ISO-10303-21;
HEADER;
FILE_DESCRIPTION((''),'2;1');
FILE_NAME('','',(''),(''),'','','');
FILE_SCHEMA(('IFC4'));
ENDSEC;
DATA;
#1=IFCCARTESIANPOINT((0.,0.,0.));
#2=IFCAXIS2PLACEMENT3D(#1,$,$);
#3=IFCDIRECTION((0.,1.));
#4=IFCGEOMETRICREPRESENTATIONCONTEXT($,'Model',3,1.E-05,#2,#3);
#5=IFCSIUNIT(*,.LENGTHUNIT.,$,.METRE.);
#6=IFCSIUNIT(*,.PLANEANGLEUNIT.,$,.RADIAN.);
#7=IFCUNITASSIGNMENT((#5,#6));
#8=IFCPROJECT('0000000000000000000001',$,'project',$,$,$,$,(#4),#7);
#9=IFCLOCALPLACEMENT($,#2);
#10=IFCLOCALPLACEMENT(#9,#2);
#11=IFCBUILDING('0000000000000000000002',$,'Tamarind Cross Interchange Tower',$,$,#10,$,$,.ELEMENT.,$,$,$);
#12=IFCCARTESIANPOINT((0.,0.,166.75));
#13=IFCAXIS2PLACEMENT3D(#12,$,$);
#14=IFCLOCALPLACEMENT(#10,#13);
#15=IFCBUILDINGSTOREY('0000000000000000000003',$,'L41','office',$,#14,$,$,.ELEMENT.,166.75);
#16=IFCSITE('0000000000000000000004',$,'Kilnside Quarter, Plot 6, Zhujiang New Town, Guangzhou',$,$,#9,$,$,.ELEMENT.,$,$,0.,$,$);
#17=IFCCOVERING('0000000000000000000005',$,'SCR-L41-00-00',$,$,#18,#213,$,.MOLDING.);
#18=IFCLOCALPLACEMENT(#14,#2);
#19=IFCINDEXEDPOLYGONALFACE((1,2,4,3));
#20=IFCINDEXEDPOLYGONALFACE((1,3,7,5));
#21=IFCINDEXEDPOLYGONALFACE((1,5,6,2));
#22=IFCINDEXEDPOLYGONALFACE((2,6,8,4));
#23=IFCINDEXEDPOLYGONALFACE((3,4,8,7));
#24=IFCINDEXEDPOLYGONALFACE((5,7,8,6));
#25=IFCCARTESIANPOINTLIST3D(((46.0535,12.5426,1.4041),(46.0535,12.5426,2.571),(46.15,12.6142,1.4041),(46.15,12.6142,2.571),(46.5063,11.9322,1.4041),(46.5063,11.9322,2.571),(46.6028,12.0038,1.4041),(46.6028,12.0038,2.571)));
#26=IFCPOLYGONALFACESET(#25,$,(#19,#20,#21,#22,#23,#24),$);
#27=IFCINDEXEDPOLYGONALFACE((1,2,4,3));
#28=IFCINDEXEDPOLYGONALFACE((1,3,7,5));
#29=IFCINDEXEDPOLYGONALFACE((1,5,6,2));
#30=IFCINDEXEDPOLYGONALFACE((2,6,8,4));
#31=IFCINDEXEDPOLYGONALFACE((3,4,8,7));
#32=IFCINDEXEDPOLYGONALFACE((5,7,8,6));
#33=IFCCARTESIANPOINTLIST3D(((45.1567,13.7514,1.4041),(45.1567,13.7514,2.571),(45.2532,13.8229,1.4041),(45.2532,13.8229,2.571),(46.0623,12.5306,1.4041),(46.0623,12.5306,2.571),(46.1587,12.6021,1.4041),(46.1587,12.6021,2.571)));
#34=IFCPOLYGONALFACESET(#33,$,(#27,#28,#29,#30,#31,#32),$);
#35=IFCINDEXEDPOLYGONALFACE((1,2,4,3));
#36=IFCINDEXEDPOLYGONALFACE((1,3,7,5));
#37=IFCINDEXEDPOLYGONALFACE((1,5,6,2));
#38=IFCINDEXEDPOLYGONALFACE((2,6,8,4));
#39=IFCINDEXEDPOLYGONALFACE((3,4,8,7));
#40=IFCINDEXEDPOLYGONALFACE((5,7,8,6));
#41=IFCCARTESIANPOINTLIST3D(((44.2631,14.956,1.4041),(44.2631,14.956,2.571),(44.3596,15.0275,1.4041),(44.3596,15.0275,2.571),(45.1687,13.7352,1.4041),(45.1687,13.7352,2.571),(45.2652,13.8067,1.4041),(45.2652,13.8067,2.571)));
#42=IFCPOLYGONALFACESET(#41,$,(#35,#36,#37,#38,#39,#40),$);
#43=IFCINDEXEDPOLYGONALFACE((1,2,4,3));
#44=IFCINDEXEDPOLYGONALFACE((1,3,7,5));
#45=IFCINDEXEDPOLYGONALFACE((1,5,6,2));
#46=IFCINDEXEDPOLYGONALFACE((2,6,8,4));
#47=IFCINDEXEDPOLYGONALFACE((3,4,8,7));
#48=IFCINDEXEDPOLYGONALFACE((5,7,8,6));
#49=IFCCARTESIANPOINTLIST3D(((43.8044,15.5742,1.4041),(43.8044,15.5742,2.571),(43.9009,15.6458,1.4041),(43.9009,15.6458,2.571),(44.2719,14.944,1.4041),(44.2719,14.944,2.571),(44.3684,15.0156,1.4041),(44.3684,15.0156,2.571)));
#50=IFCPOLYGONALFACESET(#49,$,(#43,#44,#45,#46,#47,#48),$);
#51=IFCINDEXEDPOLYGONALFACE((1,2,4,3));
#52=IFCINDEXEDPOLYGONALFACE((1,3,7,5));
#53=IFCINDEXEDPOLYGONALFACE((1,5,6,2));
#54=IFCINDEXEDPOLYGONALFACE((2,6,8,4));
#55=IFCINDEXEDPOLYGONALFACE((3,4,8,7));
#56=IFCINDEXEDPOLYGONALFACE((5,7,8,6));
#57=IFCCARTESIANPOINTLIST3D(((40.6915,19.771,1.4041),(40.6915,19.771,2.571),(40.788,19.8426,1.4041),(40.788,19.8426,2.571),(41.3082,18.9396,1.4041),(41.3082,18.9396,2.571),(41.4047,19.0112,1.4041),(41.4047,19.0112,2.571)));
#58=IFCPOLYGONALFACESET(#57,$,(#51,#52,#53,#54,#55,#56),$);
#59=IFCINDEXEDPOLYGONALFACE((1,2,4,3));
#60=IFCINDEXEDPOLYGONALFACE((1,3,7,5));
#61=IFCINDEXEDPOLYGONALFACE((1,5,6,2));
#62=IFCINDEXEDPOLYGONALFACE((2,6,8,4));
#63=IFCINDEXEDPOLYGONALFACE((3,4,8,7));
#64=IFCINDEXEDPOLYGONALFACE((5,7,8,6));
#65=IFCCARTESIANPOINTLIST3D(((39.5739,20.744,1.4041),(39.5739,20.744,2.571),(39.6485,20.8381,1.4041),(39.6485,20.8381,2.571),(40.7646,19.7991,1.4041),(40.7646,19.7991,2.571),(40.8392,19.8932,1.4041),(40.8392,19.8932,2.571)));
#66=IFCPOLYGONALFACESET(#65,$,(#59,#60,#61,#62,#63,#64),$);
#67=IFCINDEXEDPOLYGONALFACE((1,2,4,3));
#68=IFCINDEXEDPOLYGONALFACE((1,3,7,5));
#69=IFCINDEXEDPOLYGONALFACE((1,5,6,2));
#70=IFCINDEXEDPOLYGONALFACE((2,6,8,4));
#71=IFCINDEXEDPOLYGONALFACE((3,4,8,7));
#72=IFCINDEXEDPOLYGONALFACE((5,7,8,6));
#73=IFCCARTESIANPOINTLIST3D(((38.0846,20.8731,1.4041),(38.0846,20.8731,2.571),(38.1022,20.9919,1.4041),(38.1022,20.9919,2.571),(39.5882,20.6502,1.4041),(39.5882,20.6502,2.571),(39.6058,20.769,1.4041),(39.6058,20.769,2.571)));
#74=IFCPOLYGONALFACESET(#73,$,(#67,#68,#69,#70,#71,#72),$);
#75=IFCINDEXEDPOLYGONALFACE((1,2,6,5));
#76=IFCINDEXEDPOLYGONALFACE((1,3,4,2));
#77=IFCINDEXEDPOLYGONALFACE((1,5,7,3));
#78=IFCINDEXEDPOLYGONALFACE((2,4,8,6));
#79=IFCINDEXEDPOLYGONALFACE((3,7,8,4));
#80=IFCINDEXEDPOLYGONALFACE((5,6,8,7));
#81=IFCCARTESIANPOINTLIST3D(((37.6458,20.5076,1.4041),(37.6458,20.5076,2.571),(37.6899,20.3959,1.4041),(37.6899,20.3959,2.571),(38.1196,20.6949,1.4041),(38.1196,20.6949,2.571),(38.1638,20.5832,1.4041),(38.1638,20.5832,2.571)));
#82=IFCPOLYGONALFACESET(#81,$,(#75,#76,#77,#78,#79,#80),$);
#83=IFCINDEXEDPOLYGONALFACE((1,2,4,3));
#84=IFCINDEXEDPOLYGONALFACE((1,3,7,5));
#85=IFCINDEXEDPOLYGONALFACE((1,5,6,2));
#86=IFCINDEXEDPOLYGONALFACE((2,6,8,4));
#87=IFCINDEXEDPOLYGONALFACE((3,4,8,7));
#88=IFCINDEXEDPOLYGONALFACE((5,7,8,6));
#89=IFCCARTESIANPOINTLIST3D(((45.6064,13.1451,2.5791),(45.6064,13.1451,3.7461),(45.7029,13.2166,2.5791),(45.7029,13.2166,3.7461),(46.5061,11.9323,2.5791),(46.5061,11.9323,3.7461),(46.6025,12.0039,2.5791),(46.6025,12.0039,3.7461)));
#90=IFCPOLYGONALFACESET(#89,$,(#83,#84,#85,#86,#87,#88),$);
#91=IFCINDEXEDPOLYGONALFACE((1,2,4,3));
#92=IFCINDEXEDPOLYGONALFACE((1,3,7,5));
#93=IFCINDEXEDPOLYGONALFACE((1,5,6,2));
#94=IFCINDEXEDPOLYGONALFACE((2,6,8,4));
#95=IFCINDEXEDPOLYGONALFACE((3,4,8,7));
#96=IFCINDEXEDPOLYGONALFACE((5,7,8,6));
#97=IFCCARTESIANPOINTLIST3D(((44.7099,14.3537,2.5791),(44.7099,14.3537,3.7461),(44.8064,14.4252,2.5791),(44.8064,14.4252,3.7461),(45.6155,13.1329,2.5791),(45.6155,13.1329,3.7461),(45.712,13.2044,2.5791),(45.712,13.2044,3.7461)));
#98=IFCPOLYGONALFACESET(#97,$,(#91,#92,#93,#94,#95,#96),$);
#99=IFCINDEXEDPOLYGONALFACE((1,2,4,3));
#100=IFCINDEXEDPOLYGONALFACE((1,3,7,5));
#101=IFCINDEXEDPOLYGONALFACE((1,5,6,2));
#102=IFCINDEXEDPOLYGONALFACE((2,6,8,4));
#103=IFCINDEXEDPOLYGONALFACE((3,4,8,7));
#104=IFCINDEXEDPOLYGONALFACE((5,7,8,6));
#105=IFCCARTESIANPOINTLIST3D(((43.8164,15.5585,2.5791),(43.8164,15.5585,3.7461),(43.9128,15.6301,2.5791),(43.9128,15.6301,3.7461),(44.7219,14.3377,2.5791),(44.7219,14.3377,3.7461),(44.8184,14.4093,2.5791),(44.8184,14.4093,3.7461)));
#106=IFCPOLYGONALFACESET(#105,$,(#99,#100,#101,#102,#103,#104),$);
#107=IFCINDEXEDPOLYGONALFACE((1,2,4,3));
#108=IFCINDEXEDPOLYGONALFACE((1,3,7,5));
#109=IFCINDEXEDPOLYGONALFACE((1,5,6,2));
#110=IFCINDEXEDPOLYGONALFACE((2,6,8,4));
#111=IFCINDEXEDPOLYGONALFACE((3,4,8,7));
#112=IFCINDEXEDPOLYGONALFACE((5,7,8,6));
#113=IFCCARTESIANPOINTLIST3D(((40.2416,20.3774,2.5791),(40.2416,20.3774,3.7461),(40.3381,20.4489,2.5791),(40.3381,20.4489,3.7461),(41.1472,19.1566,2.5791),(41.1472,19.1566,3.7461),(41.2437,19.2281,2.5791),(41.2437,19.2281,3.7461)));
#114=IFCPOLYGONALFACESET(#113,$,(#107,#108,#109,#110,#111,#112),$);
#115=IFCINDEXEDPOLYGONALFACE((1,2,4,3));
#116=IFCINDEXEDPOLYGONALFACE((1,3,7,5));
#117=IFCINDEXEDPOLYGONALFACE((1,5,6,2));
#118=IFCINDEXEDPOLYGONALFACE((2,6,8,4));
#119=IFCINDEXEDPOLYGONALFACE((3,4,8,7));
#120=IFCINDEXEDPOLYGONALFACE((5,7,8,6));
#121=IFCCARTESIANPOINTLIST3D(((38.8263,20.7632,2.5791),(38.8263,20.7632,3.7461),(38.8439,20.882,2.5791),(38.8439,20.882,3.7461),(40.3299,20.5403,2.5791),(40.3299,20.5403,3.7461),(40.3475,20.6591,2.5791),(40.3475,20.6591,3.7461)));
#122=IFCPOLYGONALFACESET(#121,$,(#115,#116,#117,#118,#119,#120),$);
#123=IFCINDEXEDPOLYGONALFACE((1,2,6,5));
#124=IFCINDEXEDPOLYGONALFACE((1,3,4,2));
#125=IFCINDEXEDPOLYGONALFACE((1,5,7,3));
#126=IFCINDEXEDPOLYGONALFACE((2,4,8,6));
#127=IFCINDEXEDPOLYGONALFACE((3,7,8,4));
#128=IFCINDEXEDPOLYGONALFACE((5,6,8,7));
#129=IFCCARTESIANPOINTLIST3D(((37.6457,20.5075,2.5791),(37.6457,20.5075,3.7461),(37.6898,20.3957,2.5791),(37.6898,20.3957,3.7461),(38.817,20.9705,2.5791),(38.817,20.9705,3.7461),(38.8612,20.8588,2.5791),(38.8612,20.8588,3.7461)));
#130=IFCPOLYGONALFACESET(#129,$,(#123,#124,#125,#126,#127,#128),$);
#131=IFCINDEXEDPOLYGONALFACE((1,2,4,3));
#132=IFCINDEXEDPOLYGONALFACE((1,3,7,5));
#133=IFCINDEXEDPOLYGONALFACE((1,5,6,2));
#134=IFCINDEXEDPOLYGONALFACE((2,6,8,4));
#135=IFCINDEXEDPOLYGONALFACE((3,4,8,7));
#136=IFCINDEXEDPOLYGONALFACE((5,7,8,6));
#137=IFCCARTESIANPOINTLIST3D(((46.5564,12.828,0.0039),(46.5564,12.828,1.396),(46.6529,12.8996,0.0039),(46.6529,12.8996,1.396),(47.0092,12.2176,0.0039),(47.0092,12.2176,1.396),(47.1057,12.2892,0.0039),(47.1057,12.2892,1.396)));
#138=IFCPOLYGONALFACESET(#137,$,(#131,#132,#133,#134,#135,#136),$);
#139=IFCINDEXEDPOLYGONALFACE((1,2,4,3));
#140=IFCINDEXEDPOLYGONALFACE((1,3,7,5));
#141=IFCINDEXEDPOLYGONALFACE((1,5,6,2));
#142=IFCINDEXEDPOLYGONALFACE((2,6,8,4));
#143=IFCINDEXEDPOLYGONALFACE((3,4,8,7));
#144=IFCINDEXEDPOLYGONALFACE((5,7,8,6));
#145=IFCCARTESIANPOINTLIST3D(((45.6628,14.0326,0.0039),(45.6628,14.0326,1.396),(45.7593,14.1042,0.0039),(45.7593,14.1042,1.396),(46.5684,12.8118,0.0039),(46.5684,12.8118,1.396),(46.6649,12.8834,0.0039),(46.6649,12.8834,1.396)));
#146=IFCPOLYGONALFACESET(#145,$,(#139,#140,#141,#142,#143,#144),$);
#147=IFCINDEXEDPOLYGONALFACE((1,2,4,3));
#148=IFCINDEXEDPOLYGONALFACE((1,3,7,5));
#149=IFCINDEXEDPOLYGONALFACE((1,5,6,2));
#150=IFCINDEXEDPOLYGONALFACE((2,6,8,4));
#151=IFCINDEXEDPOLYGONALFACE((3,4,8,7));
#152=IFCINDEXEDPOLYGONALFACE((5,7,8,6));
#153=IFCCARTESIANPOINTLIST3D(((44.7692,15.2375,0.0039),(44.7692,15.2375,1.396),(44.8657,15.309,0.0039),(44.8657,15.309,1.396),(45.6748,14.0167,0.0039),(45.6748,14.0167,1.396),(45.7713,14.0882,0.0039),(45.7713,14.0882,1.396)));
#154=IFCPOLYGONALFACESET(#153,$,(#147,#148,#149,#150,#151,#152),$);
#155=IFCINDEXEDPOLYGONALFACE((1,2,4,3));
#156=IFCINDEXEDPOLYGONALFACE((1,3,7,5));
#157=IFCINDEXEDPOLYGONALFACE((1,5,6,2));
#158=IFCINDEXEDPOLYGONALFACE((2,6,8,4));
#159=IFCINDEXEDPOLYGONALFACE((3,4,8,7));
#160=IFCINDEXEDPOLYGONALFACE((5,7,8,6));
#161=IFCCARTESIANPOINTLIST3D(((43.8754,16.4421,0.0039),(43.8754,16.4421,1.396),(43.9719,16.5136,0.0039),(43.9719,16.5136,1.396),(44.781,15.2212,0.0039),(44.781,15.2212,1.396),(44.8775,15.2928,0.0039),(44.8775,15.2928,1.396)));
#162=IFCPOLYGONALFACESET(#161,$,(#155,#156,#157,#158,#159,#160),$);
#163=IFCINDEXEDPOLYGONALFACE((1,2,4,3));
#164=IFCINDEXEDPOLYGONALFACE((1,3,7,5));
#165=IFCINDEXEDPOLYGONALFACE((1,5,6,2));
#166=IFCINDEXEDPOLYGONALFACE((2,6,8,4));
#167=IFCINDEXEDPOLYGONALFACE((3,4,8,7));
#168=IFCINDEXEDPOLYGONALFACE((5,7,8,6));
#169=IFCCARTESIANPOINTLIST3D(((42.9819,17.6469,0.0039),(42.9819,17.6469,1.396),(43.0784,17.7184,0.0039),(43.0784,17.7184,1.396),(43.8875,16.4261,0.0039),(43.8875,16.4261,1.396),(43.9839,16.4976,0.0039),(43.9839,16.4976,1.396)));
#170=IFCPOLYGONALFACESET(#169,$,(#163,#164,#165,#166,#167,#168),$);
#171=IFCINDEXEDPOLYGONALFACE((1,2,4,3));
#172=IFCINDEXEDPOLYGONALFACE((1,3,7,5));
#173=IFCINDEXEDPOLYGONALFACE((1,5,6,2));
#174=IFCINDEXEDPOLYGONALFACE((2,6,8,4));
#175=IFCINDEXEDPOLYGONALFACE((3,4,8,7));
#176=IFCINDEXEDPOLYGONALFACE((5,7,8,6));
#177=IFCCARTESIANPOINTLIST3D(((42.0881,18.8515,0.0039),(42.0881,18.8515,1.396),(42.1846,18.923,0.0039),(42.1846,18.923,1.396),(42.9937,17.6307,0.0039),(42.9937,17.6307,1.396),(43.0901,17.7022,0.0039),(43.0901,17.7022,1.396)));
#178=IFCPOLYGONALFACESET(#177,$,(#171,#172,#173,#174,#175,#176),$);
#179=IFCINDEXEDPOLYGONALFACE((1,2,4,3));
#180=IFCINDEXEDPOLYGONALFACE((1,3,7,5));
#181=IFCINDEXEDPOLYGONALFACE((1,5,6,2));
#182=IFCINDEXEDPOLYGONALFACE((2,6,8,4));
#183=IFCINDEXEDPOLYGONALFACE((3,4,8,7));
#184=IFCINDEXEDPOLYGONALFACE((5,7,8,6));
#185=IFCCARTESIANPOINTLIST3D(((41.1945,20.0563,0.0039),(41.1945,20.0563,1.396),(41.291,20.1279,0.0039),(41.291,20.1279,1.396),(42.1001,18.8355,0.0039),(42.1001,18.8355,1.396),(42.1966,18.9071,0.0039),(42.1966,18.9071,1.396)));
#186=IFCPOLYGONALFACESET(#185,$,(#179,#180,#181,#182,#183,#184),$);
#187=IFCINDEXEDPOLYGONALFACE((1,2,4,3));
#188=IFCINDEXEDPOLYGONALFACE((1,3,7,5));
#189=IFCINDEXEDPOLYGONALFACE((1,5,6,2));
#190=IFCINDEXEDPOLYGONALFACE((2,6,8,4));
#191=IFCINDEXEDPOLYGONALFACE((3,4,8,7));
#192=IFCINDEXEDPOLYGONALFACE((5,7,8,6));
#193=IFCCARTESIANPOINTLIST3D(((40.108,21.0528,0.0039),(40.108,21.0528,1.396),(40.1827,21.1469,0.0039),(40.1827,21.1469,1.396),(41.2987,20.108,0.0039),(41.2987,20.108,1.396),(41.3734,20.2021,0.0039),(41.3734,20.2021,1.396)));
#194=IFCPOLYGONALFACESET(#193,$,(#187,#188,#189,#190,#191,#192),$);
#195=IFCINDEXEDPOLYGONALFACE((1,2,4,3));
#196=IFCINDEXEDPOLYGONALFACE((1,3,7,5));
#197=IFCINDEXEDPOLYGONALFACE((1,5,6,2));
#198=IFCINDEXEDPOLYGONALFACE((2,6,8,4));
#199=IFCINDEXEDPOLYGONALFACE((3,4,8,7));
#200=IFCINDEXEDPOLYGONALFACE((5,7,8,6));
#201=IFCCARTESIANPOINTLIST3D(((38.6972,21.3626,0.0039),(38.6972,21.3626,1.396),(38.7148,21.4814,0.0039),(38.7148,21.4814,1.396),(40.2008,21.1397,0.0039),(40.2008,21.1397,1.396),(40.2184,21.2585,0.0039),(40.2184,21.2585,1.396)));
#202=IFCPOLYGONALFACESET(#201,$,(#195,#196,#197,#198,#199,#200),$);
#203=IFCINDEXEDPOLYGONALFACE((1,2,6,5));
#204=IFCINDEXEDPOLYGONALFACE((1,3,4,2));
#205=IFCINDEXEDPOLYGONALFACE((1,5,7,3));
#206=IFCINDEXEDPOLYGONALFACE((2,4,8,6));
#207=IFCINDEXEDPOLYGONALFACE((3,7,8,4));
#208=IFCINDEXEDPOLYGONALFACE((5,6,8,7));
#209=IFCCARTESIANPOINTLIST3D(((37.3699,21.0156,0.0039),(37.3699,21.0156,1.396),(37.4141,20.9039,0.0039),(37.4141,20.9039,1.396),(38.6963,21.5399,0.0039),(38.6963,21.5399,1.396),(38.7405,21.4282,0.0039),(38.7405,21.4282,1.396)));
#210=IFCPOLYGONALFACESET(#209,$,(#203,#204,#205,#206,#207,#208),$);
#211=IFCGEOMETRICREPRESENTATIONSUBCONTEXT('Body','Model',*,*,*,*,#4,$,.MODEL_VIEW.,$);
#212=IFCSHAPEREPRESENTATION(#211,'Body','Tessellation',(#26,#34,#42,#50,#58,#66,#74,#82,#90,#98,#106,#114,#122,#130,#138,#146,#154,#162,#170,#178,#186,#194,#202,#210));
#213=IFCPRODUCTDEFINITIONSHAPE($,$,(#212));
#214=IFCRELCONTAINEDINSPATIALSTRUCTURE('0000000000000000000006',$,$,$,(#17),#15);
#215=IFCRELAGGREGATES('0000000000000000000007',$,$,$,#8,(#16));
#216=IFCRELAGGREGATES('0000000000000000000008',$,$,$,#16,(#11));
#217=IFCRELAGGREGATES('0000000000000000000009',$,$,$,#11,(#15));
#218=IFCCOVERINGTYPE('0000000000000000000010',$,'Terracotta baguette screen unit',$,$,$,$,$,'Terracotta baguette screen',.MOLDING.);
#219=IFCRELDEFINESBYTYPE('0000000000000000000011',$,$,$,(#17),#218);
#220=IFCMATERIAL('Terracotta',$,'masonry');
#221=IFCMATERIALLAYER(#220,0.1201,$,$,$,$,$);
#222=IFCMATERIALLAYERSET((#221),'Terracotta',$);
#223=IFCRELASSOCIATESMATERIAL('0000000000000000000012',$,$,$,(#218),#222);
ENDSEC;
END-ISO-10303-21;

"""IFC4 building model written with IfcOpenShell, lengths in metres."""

from ifc_helpers import new_model, si_unit, direction, frame, origin, origin_2d, place, context, subcontext, project, spatial, rectangle, extrude, material, layer, layer_set, type_object, element, save


model = new_model("IFC4")

# Units and contexts
model_context = context("Model", 3, precision=1e-05, world=origin(), true_north=direction((0.0, 1.0)))
body_context = subcontext(model_context, "Body", "Model", "MODEL_VIEW")
ifc_project = project(units=[si_unit("LENGTHUNIT", "METRE"), si_unit("PLANEANGLEUNIT", "RADIAN")], contexts=[model_context])

# Site, building, storey
site_placement = place(None, origin())
site = spatial("IfcSite", under=ifc_project, at=site_placement, Name="Kilnside Quarter, Plot 6, Zhujiang New Town, Guangzhou", CompositionType="ELEMENT", RefElevation=0.0)
building_placement = place(site_placement, origin())
building = spatial("IfcBuilding", under=site, at=building_placement, Name="Tamarind Cross Interchange Tower", CompositionType="ELEMENT")
storey_placement = place(building_placement, frame((0.0, 0.0, 166.75)))
storey = spatial("IfcBuildingStorey", under=building, at=storey_placement, Name="L41", Description="office", CompositionType="ELEMENT", Elevation=166.75)

# Covering
ifc_material_1 = material(Name="Terracotta", Category="masonry")
ifc_layer_1 = layer(ifc_material_1, 0.1201)
ifc_layer_set_1 = layer_set([ifc_layer_1], Name="Terracotta")
covering_type = type_object("IfcCoveringType", Name="Terracotta baguette screen unit", ElementType="Terracotta baguette screen", PredefinedType="MOLDING", material=ifc_layer_set_1)
covering_1_placement = place(storey_placement, origin())
element("IfcCovering", 1, at=covering_1_placement, inside=storey, type_object=covering_type, Name="SCR-L41-00-00", PredefinedType="MOLDING", context=body_context, shape_type="SweptSolid", body=[
    extrude(rectangle(XDim=0.76, YDim=0.1201, at=origin_2d()), frame((46.3281, 12.2732, 1.4041), z_axis=(0.0, 0.0, 1.0), x_axis=(-0.595776, 0.80315, 0.0)), (0.0, 0.0, 1.0), 1.167),
    extrude(rectangle(XDim=1.52, YDim=0.1201, at=origin_2d()), frame((45.6577, 13.1768, 1.4041), z_axis=(0.0, 0.0, 1.0), x_axis=(-0.595776, 0.80315, 0.0)), (0.0, 0.0, 1.0), 1.167),
    extrude(rectangle(XDim=1.52, YDim=0.1201, at=origin_2d()), frame((44.7642, 14.3813, 1.4041), z_axis=(0.0, 0.0, 1.0), x_axis=(-0.595776, 0.80315, 0.0)), (0.0, 0.0, 1.0), 1.167),
    extrude(rectangle(XDim=0.7847, YDim=0.1201, at=origin_2d()), frame((44.0864, 15.2949, 1.4041), z_axis=(0.0, 0.0, 1.0), x_axis=(-0.595776, 0.80315, 0.0)), (0.0, 0.0, 1.0), 1.167),
    extrude(rectangle(XDim=1.0352, YDim=0.1201, at=origin_2d()), frame((41.0481, 19.3911, 1.4041), z_axis=(0.0, 0.0, 1.0), x_axis=(-0.595776, 0.80315, 0.0)), (0.0, 0.0, 1.0), 1.167),
    extrude(rectangle(XDim=1.52, YDim=0.1201, at=origin_2d()), frame((40.2065, 20.3186, 1.4041), z_axis=(0.0, 0.0, 1.0), x_axis=(-0.783346, 0.621585, 0.0)), (0.0, 0.0, 1.0), 1.167),
    extrude(rectangle(XDim=1.52, YDim=0.1201, at=origin_2d()), frame((38.8452, 20.821, 1.4041), z_axis=(0.0, 0.0, 1.0), x_axis=(-0.989191, 0.146636, 0.0)), (0.0, 0.0, 1.0), 1.167),
    extrude(rectangle(XDim=0.5095, YDim=0.1201, at=origin_2d()), frame((37.9048, 20.5454, 1.4041), z_axis=(0.0, 0.0, 1.0), x_axis=(-0.929982, -0.367605, 0.0)), (0.0, 0.0, 1.0), 1.167),
    extrude(rectangle(XDim=1.51, YDim=0.1201, at=origin_2d()), frame((46.1045, 12.5745, 2.5791), z_axis=(0.0, 0.0, 1.0), x_axis=(-0.595776, 0.80315, 0.0)), (0.0, 0.0, 1.0), 1.167),
    extrude(rectangle(XDim=1.52, YDim=0.1201, at=origin_2d()), frame((45.2109, 13.7791, 2.5791), z_axis=(0.0, 0.0, 1.0), x_axis=(-0.595776, 0.80315, 0.0)), (0.0, 0.0, 1.0), 1.167),
    extrude(rectangle(XDim=1.52, YDim=0.1201, at=origin_2d()), frame((44.3174, 14.9839, 2.5791), z_axis=(0.0, 0.0, 1.0), x_axis=(-0.595776, 0.80315, 0.0)), (0.0, 0.0, 1.0), 1.167),
    extrude(rectangle(XDim=1.52, YDim=0.1201, at=origin_2d()), frame((40.7427, 19.8027, 2.5791), z_axis=(0.0, 0.0, 1.0), x_axis=(-0.595776, 0.80315, 0.0)), (0.0, 0.0, 1.0), 1.167),
    extrude(rectangle(XDim=1.52, YDim=0.1201, at=origin_2d()), frame((39.5869, 20.7112, 2.5791), z_axis=(0.0, 0.0, 1.0), x_axis=(-0.989191, 0.146636, 0.0)), (0.0, 0.0, 1.0), 1.167),
    extrude(rectangle(XDim=1.2595, YDim=0.1201, at=origin_2d()), frame((38.2534, 20.6831, 2.5791), z_axis=(0.0, 0.0, 1.0), x_axis=(-0.929982, -0.367605, 0.0)), (0.0, 0.0, 1.0), 1.167),
    extrude(rectangle(XDim=0.76, YDim=0.1201, at=origin_2d()), frame((46.8311, 12.5586, 0.0039), z_axis=(0.0, 0.0, 1.0), x_axis=(-0.595776, 0.80315, 0.0)), (0.0, 0.0, 1.0), 1.3921),
    extrude(rectangle(XDim=1.52, YDim=0.1201, at=origin_2d()), frame((46.1638, 13.458, 0.0039), z_axis=(0.0, 0.0, 1.0), x_axis=(-0.595776, 0.80315, 0.0)), (0.0, 0.0, 1.0), 1.3921),
    extrude(rectangle(XDim=1.52, YDim=0.1201, at=origin_2d()), frame((45.2703, 14.6628, 0.0039), z_axis=(0.0, 0.0, 1.0), x_axis=(-0.595776, 0.80315, 0.0)), (0.0, 0.0, 1.0), 1.3921),
    extrude(rectangle(XDim=1.52, YDim=0.1201, at=origin_2d()), frame((44.3765, 15.8674, 0.0039), z_axis=(0.0, 0.0, 1.0), x_axis=(-0.595776, 0.80315, 0.0)), (0.0, 0.0, 1.0), 1.3921),
    extrude(rectangle(XDim=1.52, YDim=0.1201, at=origin_2d()), frame((43.4829, 17.0723, 0.0039), z_axis=(0.0, 0.0, 1.0), x_axis=(-0.595776, 0.80315, 0.0)), (0.0, 0.0, 1.0), 1.3921),
    extrude(rectangle(XDim=1.52, YDim=0.1201, at=origin_2d()), frame((42.5891, 18.2769, 0.0039), z_axis=(0.0, 0.0, 1.0), x_axis=(-0.595776, 0.80315, 0.0)), (0.0, 0.0, 1.0), 1.3921),
    extrude(rectangle(XDim=1.52, YDim=0.1201, at=origin_2d()), frame((41.6956, 19.4817, 0.0039), z_axis=(0.0, 0.0, 1.0), x_axis=(-0.595776, 0.80315, 0.0)), (0.0, 0.0, 1.0), 1.3921),
    extrude(rectangle(XDim=1.52, YDim=0.1201, at=origin_2d()), frame((40.7407, 20.6274, 0.0039), z_axis=(0.0, 0.0, 1.0), x_axis=(-0.783346, 0.621585, 0.0)), (0.0, 0.0, 1.0), 1.3921),
    extrude(rectangle(XDim=1.52, YDim=0.1201, at=origin_2d()), frame((39.4578, 21.3105, 0.0039), z_axis=(0.0, 0.0, 1.0), x_axis=(-0.989191, 0.146636, 0.0)), (0.0, 0.0, 1.0), 1.3921),
    extrude(rectangle(XDim=1.4263, YDim=0.1201, at=origin_2d()), frame((38.0552, 21.2219, 0.0039), z_axis=(0.0, 0.0, 1.0), x_axis=(-0.929982, -0.367605, 0.0)), (0.0, 0.0, 1.0), 1.3921),
])

save(model, "model.ifc")
